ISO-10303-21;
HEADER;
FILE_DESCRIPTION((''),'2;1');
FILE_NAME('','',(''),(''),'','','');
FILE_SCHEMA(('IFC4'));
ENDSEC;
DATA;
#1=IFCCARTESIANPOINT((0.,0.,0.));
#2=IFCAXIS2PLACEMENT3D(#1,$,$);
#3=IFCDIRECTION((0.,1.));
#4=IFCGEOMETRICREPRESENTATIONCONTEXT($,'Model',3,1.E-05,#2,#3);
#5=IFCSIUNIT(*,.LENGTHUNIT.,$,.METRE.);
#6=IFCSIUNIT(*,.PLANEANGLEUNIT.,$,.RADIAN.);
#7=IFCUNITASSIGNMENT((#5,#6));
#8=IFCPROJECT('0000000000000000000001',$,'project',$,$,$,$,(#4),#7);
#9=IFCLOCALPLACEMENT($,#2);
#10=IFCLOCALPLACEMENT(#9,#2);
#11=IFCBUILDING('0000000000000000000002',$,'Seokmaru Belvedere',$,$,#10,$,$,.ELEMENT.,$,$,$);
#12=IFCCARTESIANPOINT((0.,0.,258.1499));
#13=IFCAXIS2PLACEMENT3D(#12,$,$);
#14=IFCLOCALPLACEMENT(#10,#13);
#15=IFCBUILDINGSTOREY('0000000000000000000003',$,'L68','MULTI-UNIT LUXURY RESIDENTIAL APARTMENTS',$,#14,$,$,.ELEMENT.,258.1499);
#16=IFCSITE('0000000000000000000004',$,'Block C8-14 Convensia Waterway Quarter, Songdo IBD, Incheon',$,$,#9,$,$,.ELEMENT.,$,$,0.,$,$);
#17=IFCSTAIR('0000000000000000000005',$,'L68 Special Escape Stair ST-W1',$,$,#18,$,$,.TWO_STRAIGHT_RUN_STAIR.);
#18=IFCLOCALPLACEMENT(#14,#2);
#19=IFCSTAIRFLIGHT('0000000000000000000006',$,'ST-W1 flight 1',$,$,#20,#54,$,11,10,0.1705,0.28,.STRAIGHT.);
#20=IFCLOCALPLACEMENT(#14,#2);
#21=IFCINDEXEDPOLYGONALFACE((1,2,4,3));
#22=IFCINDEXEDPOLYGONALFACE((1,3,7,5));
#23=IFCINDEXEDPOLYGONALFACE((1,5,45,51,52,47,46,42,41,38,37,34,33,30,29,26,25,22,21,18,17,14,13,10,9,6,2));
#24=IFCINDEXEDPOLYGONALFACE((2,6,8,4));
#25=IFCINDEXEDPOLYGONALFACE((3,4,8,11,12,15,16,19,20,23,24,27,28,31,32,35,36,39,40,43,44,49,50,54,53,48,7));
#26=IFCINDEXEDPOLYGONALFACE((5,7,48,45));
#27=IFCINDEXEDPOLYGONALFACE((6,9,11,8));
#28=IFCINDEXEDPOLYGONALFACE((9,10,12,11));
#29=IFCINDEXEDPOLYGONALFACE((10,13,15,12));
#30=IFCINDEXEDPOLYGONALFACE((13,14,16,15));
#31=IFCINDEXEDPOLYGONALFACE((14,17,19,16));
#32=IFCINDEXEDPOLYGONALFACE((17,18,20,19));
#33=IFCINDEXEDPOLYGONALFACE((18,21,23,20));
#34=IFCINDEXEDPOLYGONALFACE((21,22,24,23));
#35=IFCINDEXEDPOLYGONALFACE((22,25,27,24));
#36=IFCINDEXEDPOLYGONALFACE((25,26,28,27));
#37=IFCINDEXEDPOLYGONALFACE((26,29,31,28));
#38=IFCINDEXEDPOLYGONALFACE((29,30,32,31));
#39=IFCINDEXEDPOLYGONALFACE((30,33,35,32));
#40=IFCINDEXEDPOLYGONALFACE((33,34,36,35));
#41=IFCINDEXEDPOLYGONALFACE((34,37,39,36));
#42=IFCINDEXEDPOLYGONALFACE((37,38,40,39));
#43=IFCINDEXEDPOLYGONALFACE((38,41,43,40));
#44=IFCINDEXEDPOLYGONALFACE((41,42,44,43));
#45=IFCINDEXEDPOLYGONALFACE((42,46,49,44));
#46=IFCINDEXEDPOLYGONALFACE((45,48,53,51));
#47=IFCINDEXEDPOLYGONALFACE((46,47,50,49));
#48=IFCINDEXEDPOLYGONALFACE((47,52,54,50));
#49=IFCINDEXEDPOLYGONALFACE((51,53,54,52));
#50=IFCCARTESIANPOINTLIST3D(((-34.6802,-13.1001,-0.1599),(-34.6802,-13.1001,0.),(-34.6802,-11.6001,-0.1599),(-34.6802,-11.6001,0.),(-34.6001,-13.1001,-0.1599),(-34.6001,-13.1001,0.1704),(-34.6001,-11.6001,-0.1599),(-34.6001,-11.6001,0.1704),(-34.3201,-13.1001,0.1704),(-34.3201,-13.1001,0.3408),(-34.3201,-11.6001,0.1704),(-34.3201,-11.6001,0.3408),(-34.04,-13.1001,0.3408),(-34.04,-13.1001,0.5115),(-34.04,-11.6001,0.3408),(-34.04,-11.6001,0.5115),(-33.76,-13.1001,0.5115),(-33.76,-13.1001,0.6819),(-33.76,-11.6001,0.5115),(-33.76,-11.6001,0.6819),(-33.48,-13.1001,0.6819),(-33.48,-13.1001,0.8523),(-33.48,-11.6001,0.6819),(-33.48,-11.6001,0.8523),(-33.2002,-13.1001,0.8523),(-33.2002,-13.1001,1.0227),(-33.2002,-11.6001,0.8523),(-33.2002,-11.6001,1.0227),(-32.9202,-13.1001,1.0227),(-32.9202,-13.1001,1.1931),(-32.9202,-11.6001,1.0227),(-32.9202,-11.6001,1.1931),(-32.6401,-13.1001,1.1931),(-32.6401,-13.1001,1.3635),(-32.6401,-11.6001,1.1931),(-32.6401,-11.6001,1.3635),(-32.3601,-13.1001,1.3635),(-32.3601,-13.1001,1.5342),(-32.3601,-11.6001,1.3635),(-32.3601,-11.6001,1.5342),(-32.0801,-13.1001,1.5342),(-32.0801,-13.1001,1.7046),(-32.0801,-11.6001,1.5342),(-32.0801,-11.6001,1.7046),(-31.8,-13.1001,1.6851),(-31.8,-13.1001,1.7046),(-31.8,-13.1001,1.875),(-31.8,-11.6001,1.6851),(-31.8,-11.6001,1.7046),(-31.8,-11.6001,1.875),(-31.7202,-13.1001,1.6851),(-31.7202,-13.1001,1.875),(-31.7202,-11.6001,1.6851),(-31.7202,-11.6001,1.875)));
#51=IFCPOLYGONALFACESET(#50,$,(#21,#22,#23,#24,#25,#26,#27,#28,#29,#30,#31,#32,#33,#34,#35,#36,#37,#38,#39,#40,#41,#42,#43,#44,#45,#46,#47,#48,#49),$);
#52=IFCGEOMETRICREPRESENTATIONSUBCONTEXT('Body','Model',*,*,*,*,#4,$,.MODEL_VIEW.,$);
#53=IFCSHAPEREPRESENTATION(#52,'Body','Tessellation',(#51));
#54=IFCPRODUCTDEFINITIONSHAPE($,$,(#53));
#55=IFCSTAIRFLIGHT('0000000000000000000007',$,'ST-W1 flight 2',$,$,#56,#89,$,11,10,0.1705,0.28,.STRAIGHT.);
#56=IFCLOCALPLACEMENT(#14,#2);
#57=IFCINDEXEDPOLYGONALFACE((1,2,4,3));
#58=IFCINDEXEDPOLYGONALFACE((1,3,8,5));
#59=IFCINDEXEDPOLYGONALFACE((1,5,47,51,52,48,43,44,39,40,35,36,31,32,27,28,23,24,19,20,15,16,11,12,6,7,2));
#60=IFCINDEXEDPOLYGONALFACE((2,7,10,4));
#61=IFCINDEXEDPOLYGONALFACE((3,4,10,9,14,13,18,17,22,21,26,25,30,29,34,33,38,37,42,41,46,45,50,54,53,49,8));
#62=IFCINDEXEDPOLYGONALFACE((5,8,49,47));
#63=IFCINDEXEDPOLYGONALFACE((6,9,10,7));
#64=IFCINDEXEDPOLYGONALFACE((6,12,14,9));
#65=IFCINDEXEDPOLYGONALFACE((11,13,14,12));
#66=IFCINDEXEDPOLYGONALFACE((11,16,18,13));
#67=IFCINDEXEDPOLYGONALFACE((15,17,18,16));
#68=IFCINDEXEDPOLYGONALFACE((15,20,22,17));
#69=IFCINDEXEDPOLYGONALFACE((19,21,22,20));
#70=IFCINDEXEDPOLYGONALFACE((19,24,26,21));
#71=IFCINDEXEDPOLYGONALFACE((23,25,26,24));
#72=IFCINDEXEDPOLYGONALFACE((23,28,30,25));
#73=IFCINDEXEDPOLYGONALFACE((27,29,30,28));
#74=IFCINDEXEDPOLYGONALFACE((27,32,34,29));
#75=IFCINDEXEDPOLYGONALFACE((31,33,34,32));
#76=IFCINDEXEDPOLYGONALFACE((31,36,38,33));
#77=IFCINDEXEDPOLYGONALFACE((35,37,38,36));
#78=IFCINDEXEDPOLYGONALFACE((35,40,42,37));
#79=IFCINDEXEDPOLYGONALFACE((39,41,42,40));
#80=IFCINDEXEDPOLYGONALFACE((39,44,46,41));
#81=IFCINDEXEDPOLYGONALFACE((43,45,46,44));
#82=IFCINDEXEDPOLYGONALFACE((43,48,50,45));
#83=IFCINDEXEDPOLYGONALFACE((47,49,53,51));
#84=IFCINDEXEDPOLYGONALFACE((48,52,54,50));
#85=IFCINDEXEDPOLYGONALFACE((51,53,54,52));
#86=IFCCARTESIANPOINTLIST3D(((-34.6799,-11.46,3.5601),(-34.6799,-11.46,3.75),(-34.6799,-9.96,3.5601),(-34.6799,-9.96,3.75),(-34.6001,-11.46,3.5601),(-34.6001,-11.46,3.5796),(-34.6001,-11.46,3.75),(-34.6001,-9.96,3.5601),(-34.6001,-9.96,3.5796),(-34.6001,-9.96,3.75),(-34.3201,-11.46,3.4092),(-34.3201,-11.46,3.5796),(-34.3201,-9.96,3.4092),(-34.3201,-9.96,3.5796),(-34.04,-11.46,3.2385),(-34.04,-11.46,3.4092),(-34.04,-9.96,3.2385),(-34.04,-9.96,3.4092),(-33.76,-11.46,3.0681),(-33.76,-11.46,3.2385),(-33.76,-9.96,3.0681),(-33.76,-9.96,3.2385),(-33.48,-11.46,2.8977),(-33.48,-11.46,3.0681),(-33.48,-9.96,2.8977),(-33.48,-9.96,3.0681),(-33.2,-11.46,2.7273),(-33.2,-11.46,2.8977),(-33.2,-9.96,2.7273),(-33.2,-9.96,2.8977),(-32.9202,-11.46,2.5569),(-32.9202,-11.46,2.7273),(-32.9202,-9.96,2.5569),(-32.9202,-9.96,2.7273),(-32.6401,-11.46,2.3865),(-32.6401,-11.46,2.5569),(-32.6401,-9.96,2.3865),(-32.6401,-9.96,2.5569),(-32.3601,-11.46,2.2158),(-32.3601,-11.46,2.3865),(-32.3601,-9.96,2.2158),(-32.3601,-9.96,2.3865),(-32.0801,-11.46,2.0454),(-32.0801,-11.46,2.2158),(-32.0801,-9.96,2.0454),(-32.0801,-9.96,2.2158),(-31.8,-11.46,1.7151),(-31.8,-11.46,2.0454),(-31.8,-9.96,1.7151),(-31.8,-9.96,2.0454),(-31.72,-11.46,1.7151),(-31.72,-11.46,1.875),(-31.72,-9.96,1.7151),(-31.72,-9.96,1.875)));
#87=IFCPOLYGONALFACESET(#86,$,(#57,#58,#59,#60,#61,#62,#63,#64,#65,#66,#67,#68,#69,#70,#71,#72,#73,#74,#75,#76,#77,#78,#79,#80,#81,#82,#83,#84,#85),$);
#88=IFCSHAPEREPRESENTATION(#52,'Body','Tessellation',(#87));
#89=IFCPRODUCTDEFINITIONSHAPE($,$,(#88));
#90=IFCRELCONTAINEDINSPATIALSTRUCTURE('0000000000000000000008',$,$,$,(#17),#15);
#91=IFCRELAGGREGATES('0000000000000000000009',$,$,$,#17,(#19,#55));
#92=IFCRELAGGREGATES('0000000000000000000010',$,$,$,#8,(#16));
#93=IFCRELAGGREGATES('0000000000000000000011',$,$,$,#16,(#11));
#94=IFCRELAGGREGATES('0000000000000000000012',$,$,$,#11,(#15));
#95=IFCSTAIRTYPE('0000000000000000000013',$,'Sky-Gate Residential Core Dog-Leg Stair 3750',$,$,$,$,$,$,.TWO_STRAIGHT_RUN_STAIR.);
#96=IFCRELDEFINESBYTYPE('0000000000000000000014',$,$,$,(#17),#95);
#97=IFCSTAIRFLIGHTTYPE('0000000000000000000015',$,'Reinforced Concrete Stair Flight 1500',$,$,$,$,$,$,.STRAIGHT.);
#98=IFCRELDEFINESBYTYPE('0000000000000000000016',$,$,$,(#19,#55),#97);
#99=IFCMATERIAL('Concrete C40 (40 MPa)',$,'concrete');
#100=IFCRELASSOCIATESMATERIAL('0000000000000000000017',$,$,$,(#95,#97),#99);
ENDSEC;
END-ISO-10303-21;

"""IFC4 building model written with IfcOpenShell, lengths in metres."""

from ifc_helpers import new_model, si_unit, direction, frame, origin, place, context, subcontext, project, spatial, polyline, outline, extrude, material, type_object, element, aggregate, save


model = new_model("IFC4")

# Units and contexts
model_context = context("Model", 3, precision=1e-05, world=origin(), true_north=direction((0.0, 1.0)))
body_context = subcontext(model_context, "Body", "Model", "MODEL_VIEW")
ifc_project = project(units=[si_unit("LENGTHUNIT", "METRE"), si_unit("PLANEANGLEUNIT", "RADIAN")], contexts=[model_context])

# Site, building, storey
site_placement = place(None, origin())
site = spatial("IfcSite", under=ifc_project, at=site_placement, Name="Block C8-14 Convensia Waterway Quarter, Songdo IBD, Incheon", CompositionType="ELEMENT", RefElevation=0.0)
building_placement = place(site_placement, origin())
building = spatial("IfcBuilding", under=site, at=building_placement, Name="Seokmaru Belvedere", CompositionType="ELEMENT")
storey_placement = place(building_placement, frame((0.0, 0.0, 258.1499)))
storey = spatial("IfcBuildingStorey", under=building, at=storey_placement, Name="L68", Description="MULTI-UNIT LUXURY RESIDENTIAL APARTMENTS", CompositionType="ELEMENT", Elevation=258.1499)

# Stair, stair flights
ifc_material_1 = material(Name="Concrete C40 (40 MPa)", Category="concrete")
stair_type = type_object("IfcStairType", Name="Sky-Gate Residential Core Dog-Leg Stair 3750", PredefinedType="TWO_STRAIGHT_RUN_STAIR", material=ifc_material_1)
stair_placement = place(storey_placement, origin())
stair = element("IfcStair", 1, at=stair_placement, inside=storey, type_object=stair_type, Name="L68 Special Escape Stair ST-W1", PredefinedType="TWO_STRAIGHT_RUN_STAIR")
stair_flight_type = type_object("IfcStairFlightType", Name="Reinforced Concrete Stair Flight 1500", PredefinedType="STRAIGHT", material=ifc_material_1)
stair_flight_1_placement = place(storey_placement, frame((-34.6001, -12.3501, 0.0), z_axis=(0.0, 0.0, 1.0), x_axis=(1.0, 0.0, 0.0)))
stair_flight_1 = element("IfcStairFlight", 2, at=stair_flight_1_placement, type_object=stair_flight_type, Name="ST-W1 flight 1", NumberOfRisers=11, NumberOfTreads=10, PredefinedType="STRAIGHT", RiserHeight=0.1705, TreadLength=0.28, context=body_context, shape_type="SweptSolid", body=[
    extrude(outline(polyline([(-0.0801, 0.0), (0.0, 0.1704), (0.28, 0.1704), (0.28, 0.3408), (0.5601, 0.3408), (0.5601, 0.5115), (0.8401, 0.5115), (0.8401, 0.6819), (1.1201, 0.6819), (1.1201, 0.8523), (1.3999, 0.8523), (1.3999, 1.0227), (1.6799, 1.0227), (1.6799, 1.1931), (1.96, 1.1931), (1.96, 1.3635), (2.24, 1.3635), (2.24, 1.5342), (2.52, 1.5342), (2.52, 1.7046), (2.8, 1.7046), (2.8, 1.875), (2.8799, 1.875), (2.8799, 1.6851), (2.8, 1.6851), (0.0, -0.1599), (-0.0801, -0.1599), (-0.0801, 0.0)])), frame((0.0, 0.75, 0.0), z_axis=(0.0, -1.0, 0.0), x_axis=(1.0, 0.0, 0.0)), (0.0, 0.0, 1.0), 1.5),
])
stair_flight_2_placement = place(storey_placement, frame((-31.8, -10.71, 1.875), z_axis=(0.0, 0.0, 1.0), x_axis=(-1.0, 0.0, 0.0)))
stair_flight_2 = element("IfcStairFlight", 3, at=stair_flight_2_placement, type_object=stair_flight_type, Name="ST-W1 flight 2", NumberOfRisers=11, NumberOfTreads=10, PredefinedType="STRAIGHT", RiserHeight=0.1705, TreadLength=0.28, context=body_context, shape_type="SweptSolid", body=[
    extrude(outline(polyline([(-0.0801, 0.0), (0.0, 0.1704), (0.28, 0.1704), (0.28, 0.3408), (0.5601, 0.3408), (0.5601, 0.5115), (0.8401, 0.5115), (0.8401, 0.6819), (1.1201, 0.6819), (1.1201, 0.8523), (1.3999, 0.8523), (1.3999, 1.0227), (1.6799, 1.0227), (1.6799, 1.1931), (1.96, 1.1931), (1.96, 1.3635), (2.24, 1.3635), (2.24, 1.5342), (2.52, 1.5342), (2.52, 1.7046), (2.8, 1.7046), (2.8, 1.875), (2.8799, 1.875), (2.8799, 1.6851), (2.8, 1.6851), (0.0, -0.1599), (-0.0801, -0.1599), (-0.0801, 0.0)])), frame((0.0, 0.75, 0.0), z_axis=(0.0, -1.0, 0.0), x_axis=(1.0, 0.0, 0.0)), (0.0, 0.0, 1.0), 1.5),
])
aggregate(stair, [stair_flight_1, stair_flight_2])

save(model, "model.ifc")
